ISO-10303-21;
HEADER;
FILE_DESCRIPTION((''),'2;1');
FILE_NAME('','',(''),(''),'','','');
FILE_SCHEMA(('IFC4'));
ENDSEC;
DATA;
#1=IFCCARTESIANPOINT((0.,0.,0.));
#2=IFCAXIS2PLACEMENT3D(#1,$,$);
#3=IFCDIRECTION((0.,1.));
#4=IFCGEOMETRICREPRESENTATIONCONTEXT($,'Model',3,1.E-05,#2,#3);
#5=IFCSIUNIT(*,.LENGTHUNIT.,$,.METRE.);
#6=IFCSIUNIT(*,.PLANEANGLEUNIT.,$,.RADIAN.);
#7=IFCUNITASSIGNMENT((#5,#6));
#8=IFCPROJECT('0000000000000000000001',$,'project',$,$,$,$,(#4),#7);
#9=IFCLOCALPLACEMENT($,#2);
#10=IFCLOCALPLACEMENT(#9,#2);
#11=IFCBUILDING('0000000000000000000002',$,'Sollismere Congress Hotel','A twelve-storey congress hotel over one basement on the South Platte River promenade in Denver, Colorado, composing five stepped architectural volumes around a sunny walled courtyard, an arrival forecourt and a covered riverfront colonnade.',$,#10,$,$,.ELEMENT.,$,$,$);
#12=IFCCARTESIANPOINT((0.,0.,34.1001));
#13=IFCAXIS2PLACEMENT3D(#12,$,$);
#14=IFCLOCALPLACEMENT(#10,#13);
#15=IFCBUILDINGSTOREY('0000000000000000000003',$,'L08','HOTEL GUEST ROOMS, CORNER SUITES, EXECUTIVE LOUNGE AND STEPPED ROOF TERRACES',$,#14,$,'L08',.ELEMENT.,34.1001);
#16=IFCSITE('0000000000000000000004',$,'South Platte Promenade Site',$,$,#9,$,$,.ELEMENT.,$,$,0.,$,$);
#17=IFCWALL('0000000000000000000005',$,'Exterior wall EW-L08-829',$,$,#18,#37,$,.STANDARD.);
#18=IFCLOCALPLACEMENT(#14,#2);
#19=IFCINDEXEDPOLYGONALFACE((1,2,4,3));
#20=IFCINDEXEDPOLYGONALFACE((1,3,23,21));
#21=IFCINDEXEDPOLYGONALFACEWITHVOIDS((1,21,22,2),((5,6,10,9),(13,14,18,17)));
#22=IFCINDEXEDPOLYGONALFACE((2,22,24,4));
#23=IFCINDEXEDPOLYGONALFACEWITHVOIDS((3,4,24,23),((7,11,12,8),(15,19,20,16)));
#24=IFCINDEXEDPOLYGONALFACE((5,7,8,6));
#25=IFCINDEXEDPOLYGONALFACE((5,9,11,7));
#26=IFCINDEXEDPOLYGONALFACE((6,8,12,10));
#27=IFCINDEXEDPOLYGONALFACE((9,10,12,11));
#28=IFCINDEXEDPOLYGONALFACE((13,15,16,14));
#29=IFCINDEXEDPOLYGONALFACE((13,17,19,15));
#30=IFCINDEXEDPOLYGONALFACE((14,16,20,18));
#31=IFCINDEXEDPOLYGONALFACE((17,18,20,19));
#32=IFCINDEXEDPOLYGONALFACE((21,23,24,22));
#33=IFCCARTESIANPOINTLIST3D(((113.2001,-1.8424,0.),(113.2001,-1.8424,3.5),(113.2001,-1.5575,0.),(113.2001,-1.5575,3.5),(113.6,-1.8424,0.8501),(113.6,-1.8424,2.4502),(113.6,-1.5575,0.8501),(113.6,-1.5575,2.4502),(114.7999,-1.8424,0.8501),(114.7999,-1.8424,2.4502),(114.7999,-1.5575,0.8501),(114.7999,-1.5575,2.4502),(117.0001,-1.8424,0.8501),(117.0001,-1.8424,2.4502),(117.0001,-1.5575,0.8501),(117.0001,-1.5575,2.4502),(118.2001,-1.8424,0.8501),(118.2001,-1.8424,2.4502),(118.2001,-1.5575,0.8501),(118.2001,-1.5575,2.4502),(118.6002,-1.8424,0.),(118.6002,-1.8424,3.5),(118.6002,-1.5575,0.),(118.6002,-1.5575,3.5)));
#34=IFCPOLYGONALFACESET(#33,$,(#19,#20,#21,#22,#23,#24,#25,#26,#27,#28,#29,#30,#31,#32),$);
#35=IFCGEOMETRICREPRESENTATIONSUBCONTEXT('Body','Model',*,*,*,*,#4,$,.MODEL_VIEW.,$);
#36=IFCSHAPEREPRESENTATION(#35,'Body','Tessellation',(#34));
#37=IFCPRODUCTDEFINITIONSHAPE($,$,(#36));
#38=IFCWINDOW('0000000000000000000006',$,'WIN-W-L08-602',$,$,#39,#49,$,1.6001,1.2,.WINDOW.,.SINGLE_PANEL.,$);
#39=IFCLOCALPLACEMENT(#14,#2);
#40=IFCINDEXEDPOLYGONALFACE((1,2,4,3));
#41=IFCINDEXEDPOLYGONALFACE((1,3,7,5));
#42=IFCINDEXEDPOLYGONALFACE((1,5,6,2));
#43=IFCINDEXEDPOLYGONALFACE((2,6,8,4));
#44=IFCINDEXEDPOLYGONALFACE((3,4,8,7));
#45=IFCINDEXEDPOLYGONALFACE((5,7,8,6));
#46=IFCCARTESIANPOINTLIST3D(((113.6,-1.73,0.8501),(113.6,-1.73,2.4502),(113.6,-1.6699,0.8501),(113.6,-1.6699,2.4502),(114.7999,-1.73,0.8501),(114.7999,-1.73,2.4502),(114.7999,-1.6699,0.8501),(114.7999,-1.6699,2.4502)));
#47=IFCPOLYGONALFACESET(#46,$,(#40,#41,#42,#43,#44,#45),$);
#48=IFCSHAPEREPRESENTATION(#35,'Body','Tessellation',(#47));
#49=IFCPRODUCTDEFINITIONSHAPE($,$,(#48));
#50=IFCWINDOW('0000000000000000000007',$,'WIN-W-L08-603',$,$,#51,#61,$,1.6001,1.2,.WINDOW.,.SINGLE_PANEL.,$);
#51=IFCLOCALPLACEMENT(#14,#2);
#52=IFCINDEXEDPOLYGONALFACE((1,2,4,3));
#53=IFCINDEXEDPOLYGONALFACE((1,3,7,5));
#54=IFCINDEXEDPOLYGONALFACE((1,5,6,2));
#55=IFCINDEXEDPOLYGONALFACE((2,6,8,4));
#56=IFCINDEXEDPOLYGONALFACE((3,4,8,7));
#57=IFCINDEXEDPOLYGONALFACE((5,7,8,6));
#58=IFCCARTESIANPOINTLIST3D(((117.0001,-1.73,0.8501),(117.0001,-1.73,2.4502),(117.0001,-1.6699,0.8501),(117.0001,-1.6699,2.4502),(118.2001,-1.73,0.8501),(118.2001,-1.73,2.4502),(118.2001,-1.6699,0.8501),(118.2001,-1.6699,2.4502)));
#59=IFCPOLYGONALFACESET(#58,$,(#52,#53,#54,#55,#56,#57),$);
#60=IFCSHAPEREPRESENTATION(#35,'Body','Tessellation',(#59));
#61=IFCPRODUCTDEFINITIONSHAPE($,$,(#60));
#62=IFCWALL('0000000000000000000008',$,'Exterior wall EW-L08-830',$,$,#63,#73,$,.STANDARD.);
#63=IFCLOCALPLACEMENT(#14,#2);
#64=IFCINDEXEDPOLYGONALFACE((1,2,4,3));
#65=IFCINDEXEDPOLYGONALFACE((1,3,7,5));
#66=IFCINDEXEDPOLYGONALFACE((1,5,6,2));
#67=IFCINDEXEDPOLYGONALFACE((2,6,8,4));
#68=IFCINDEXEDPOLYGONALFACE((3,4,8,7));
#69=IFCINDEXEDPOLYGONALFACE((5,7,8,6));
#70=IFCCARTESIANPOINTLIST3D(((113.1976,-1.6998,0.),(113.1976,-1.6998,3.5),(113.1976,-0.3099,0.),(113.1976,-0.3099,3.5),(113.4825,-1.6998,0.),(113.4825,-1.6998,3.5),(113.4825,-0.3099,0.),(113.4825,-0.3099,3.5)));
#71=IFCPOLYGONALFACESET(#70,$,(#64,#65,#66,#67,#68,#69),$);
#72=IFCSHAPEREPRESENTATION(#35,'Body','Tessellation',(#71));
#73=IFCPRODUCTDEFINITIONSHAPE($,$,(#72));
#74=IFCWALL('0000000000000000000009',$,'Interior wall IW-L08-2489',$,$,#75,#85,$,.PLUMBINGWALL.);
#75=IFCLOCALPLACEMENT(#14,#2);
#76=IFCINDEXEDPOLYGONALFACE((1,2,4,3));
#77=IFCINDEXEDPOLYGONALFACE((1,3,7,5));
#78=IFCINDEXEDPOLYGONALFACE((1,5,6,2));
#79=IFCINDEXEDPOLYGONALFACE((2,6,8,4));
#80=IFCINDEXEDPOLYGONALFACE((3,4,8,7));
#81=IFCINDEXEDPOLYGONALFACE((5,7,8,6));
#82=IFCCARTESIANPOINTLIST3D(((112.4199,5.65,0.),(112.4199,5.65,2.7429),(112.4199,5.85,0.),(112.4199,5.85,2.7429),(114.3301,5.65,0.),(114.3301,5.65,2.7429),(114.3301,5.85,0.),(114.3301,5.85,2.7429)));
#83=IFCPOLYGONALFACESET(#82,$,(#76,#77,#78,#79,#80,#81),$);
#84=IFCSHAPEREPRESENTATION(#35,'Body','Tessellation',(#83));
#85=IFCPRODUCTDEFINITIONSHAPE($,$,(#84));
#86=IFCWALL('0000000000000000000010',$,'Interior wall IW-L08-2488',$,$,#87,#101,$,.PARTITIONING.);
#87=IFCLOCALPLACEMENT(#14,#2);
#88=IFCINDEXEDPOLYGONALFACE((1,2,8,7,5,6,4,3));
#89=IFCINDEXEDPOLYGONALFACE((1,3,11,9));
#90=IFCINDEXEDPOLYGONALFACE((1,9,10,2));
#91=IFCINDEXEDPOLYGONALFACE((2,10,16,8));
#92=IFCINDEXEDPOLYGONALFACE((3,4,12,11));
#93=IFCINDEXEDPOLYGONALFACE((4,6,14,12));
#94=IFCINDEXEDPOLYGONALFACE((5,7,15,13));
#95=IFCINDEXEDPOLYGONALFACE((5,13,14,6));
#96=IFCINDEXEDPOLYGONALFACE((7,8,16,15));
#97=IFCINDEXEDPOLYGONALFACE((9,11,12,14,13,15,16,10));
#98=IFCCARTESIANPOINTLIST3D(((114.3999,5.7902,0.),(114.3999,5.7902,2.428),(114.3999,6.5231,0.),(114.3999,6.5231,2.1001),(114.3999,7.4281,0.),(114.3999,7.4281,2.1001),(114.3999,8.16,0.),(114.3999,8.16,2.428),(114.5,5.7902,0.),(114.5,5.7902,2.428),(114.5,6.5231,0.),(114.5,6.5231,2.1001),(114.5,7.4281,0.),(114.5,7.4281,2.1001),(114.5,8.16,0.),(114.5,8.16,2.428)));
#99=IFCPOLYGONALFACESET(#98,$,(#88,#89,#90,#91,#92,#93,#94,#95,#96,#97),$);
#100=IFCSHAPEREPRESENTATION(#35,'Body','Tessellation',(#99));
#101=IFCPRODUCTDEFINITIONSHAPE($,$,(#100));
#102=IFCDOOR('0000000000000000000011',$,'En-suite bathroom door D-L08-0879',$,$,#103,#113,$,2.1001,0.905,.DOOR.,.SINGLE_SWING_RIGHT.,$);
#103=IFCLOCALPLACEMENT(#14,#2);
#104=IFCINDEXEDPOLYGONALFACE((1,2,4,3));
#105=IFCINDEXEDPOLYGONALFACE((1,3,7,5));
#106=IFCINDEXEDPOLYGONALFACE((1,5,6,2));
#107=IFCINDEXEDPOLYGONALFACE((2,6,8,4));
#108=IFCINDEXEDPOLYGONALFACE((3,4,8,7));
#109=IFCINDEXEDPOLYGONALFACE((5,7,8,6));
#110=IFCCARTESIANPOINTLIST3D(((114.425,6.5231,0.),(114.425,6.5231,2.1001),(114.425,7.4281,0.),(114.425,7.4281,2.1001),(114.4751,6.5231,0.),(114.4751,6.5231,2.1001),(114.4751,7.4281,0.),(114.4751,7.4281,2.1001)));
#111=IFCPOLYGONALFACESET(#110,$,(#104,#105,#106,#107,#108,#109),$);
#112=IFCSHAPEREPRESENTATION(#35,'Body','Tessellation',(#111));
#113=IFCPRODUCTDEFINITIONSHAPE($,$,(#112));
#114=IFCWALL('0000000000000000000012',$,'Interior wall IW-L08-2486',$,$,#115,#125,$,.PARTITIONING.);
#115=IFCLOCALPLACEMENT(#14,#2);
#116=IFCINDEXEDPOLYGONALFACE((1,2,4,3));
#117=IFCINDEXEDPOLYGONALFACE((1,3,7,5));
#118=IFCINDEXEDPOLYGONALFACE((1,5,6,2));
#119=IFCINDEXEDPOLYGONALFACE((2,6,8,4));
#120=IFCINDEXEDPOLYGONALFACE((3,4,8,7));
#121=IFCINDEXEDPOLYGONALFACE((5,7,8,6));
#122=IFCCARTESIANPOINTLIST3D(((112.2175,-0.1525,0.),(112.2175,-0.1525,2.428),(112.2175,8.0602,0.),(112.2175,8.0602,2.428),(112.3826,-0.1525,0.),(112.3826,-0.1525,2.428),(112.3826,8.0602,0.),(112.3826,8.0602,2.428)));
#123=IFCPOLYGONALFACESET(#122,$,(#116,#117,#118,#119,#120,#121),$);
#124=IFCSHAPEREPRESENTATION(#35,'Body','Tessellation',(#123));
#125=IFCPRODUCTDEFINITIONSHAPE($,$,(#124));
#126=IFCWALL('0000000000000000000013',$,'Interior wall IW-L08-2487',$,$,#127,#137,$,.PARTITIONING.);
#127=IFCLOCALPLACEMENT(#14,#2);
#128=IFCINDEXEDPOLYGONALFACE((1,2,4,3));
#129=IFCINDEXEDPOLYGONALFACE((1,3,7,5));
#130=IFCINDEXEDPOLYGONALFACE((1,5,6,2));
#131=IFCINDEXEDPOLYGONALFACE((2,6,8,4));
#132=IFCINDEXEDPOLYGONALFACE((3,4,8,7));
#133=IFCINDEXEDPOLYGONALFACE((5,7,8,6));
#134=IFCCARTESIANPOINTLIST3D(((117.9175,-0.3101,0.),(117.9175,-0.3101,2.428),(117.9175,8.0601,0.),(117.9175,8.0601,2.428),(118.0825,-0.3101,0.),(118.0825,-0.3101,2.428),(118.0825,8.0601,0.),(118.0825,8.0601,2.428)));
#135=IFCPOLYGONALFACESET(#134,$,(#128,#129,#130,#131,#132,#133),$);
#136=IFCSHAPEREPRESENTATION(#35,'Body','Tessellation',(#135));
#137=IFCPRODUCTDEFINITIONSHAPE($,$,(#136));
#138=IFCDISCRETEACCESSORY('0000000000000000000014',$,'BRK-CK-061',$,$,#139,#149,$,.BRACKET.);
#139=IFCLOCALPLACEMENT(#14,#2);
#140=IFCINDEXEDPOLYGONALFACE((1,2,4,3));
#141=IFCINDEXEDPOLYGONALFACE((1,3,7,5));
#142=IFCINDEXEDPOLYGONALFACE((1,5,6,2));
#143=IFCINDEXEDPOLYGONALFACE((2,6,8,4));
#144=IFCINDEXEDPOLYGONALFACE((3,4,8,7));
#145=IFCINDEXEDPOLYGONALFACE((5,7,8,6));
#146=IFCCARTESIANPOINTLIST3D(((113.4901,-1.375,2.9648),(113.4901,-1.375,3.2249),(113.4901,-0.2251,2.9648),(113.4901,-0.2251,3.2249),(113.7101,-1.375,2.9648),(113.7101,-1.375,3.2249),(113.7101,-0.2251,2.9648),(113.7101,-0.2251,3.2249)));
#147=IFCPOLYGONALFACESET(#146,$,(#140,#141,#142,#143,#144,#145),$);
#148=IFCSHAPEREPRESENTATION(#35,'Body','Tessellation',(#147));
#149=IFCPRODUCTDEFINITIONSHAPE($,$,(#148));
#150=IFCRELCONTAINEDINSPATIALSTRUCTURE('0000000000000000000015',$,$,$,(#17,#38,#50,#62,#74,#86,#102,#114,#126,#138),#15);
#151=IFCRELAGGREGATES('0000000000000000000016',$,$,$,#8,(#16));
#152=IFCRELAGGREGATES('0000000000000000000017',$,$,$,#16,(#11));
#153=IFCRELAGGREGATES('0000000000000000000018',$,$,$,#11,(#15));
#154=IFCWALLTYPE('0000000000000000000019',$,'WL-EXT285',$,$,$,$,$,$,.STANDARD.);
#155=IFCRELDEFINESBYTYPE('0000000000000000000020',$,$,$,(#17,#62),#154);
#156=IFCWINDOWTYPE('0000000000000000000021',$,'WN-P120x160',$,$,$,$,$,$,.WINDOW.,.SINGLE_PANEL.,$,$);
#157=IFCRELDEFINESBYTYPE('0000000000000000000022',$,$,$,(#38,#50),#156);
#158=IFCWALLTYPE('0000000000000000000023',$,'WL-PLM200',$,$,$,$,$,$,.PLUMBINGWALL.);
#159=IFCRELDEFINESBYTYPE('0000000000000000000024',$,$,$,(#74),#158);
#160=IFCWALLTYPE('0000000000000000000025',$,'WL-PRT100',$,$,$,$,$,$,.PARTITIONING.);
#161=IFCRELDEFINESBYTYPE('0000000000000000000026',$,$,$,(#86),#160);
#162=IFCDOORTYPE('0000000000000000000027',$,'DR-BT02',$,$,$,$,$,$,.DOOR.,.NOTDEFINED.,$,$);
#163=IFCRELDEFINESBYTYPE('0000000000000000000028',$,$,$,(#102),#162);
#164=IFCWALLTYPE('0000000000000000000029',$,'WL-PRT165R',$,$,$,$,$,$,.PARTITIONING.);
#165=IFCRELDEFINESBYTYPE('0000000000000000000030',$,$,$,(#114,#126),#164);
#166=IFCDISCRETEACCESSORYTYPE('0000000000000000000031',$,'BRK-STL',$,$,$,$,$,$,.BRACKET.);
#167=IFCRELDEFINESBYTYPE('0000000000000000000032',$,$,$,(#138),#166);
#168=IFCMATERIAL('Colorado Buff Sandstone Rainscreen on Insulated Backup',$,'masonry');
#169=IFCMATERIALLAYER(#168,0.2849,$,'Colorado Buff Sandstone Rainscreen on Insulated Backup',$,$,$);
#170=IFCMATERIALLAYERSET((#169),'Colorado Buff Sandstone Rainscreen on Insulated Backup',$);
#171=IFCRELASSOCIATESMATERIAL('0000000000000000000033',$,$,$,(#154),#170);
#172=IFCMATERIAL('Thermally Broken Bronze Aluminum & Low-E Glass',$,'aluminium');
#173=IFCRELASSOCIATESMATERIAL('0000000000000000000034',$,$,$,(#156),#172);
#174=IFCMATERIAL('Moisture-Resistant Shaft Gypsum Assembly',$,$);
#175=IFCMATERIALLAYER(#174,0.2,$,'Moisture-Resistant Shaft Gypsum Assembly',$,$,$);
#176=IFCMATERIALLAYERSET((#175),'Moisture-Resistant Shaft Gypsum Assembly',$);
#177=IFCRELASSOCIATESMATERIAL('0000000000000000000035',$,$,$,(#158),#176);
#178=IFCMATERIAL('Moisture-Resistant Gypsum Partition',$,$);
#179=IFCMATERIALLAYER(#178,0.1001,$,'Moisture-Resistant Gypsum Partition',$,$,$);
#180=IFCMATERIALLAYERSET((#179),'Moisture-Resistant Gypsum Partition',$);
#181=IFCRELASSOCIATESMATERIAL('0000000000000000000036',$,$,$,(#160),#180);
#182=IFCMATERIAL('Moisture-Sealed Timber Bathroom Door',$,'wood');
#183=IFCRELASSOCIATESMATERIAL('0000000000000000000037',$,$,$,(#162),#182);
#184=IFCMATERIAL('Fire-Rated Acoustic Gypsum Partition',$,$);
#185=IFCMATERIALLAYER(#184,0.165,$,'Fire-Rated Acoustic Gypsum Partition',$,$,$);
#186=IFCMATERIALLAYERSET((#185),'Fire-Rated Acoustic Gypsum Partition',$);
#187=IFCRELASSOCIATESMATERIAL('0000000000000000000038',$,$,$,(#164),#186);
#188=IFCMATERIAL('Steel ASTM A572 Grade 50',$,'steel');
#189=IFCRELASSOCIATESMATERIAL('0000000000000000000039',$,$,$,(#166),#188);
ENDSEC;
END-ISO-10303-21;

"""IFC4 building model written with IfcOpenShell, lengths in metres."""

from ifc_helpers import new_model, si_unit, direction, frame, frame_2d, origin, origin_2d, place, context, subcontext, project, spatial, rectangle, extrude, material, layer, layer_set, type_object, element, fill, save


model = new_model("IFC4")

# Units and contexts
model_context = context("Model", 3, precision=1e-05, world=origin(), true_north=direction((0.0, 1.0)))
body_context = subcontext(model_context, "Body", "Model", "MODEL_VIEW")
ifc_project = project(units=[si_unit("LENGTHUNIT", "METRE"), si_unit("PLANEANGLEUNIT", "RADIAN")], contexts=[model_context])

# Site, building, storey
site_placement = place(None, origin())
site = spatial("IfcSite", under=ifc_project, at=site_placement, Name="South Platte Promenade Site", CompositionType="ELEMENT", RefElevation=0.0)
building_placement = place(site_placement, origin())
building = spatial("IfcBuilding", under=site, at=building_placement, Name="Sollismere Congress Hotel", Description="A twelve-storey congress hotel over one basement on the South Platte River promenade in Denver, Colorado, composing five stepped architectural volumes around a sunny walled courtyard, an arrival forecourt and a covered riverfront colonnade.", CompositionType="ELEMENT")
storey_placement = place(building_placement, frame((0.0, 0.0, 34.1001)))
storey = spatial("IfcBuildingStorey", under=building, at=storey_placement, Name="L08", Description="HOTEL GUEST ROOMS, CORNER SUITES, EXECUTIVE LOUNGE AND STEPPED ROOF TERRACES", LongName="L08", CompositionType="ELEMENT", Elevation=34.1001)

# Shared definitions
ifc_material_1 = material(Name="Colorado Buff Sandstone Rainscreen on Insulated Backup", Category="masonry")
ifc_layer_1 = layer(ifc_material_1, 0.2849, Name="Colorado Buff Sandstone Rainscreen on Insulated Backup")
ifc_layer_set_1 = layer_set([ifc_layer_1], Name="Colorado Buff Sandstone Rainscreen on Insulated Backup")
wall_type_1 = type_object("IfcWallType", Name="WL-EXT285", PredefinedType="STANDARD", material=ifc_layer_set_1)

# Wall, openings, windows
wall_1_placement = place(storey_placement, frame((113.2, -1.7, 0.0), z_axis=(0.0, 0.0, 1.0), x_axis=(1.0, 0.0, 0.0)))
wall_1 = element("IfcWall", 1, at=wall_1_placement, inside=storey, type_object=wall_type_1, Name="Exterior wall EW-L08-829", PredefinedType="STANDARD", context=body_context, shape_type="SweptSolid", body=[
    extrude(rectangle(XDim=5.4001, YDim=0.2849, at=frame_2d((2.7002, 0.0))), origin(), (0.0, 0.0, 1.0), 3.5),
])
opening_1_placement = place(wall_1_placement, frame((0.3999, 0.0, 0.8501)))
opening_1 = element("IfcOpeningElement", 2, at=opening_1_placement, cuts=wall_1, PredefinedType="OPENING", context=body_context, shape_type="SweptSolid", body=[
    extrude(rectangle(XDim=1.2, YDim=1.6001, at=frame_2d((0.6001, 0.8))), frame((0.0, 0.1523, 0.0), z_axis=(0.0, -1.0, 0.0), x_axis=(1.0, 0.0, 0.0)), (0.0, 0.0, 1.0), 0.3049),
])
opening_2_placement = place(wall_1_placement, frame((3.8, 0.0, 0.8501)))
opening_2 = element("IfcOpeningElement", 3, at=opening_2_placement, cuts=wall_1, PredefinedType="OPENING", context=body_context, shape_type="SweptSolid", body=[
    extrude(rectangle(XDim=1.2, YDim=1.6001, at=frame_2d((0.6001, 0.8))), frame((0.0, 0.1523, 0.0), z_axis=(0.0, -1.0, 0.0), x_axis=(1.0, 0.0, 0.0)), (0.0, 0.0, 1.0), 0.3049),
])
ifc_material_2 = material(Name="Thermally Broken Bronze Aluminum & Low-E Glass", Category="aluminium")
window_type = type_object("IfcWindowType", Name="WN-P120x160", PartitioningType="SINGLE_PANEL", PredefinedType="WINDOW", material=ifc_material_2)
window_1_placement = place(opening_1_placement, origin())
window_1 = element("IfcWindow", 4, at=window_1_placement, inside=storey, type_object=window_type, Name="WIN-W-L08-602", OverallHeight=1.6001, OverallWidth=1.2, PartitioningType="SINGLE_PANEL", PredefinedType="WINDOW", context=body_context, shape_type="SweptSolid", body=[
    extrude(rectangle(XDim=1.2, YDim=1.6001, at=frame_2d((0.6001, 0.8))), frame((0.0, 0.03, 0.0), z_axis=(0.0, -1.0, 0.0), x_axis=(1.0, 0.0, 0.0)), (0.0, 0.0, 1.0), 0.0601),
])
fill(opening_1, window_1)
window_2_placement = place(opening_2_placement, origin())
window_2 = element("IfcWindow", 5, at=window_2_placement, inside=storey, type_object=window_type, Name="WIN-W-L08-603", OverallHeight=1.6001, OverallWidth=1.2, PartitioningType="SINGLE_PANEL", PredefinedType="WINDOW", context=body_context, shape_type="SweptSolid", body=[
    extrude(rectangle(XDim=1.2, YDim=1.6001, at=frame_2d((0.6001, 0.8))), frame((0.0, 0.03, 0.0), z_axis=(0.0, -1.0, 0.0), x_axis=(1.0, 0.0, 0.0)), (0.0, 0.0, 1.0), 0.0601),
])
fill(opening_2, window_2)

# Walls
wall_2_placement = place(storey_placement, frame((113.3401, -0.3101, 0.0), z_axis=(0.0, 0.0, 1.0), x_axis=(0.0, -1.0, 0.0)))
element("IfcWall", 6, at=wall_2_placement, inside=storey, type_object=wall_type_1, Name="Exterior wall EW-L08-830", PredefinedType="STANDARD", context=body_context, shape_type="SweptSolid", body=[
    extrude(rectangle(XDim=1.3899, YDim=0.2849, at=frame_2d((0.6948, 0.0))), origin(), (0.0, 0.0, 1.0), 3.5),
])
ifc_material_3 = material(Name="Moisture-Resistant Shaft Gypsum Assembly")
ifc_layer_2 = layer(ifc_material_3, 0.2, Name="Moisture-Resistant Shaft Gypsum Assembly")
ifc_layer_set_2 = layer_set([ifc_layer_2], Name="Moisture-Resistant Shaft Gypsum Assembly")
wall_type_2 = type_object("IfcWallType", Name="WL-PLM200", PredefinedType="PLUMBINGWALL", material=ifc_layer_set_2)
wall_3_placement = place(storey_placement, frame((112.4199, 5.75, 0.0), z_axis=(0.0, 0.0, 1.0), x_axis=(1.0, 0.0, 0.0)))
element("IfcWall", 7, at=wall_3_placement, inside=storey, type_object=wall_type_2, Name="Interior wall IW-L08-2489", PredefinedType="PLUMBINGWALL", context=body_context, shape_type="SweptSolid", body=[
    extrude(rectangle(XDim=1.9102, YDim=0.2, at=frame_2d((0.9551, 0.0))), origin(), (0.0, 0.0, 1.0), 2.7429),
])

# Wall, opening, door
ifc_material_4 = material(Name="Moisture-Resistant Gypsum Partition")
ifc_layer_3 = layer(ifc_material_4, 0.1001, Name="Moisture-Resistant Gypsum Partition")
ifc_layer_set_3 = layer_set([ifc_layer_3], Name="Moisture-Resistant Gypsum Partition")
wall_type_3 = type_object("IfcWallType", Name="WL-PRT100", PredefinedType="PARTITIONING", material=ifc_layer_set_3)
wall_4_placement = place(storey_placement, frame((114.45, 5.79, 0.0), z_axis=(0.0, 0.0, 1.0), x_axis=(0.0, 1.0, 0.0)))
wall_4 = element("IfcWall", 8, at=wall_4_placement, inside=storey, type_object=wall_type_3, Name="Interior wall IW-L08-2488", PredefinedType="PARTITIONING", context=body_context, shape_type="SweptSolid", body=[
    extrude(rectangle(XDim=2.3699, YDim=0.1001, at=frame_2d((1.1851, 0.0))), origin(), (0.0, 0.0, 1.0), 2.428),
])
opening_3_placement = place(wall_4_placement, frame((0.7329, 0.0, 0.0)))
opening_3 = element("IfcOpeningElement", 9, at=opening_3_placement, cuts=wall_4, PredefinedType="OPENING", context=body_context, shape_type="SweptSolid", body=[
    extrude(rectangle(XDim=0.905, YDim=2.1001, at=frame_2d((0.4526, 1.05))), frame((0.0, 0.0601, 0.0), z_axis=(0.0, -1.0, 0.0), x_axis=(1.0, 0.0, 0.0)), (0.0, 0.0, 1.0), 0.1201),
])
ifc_material_5 = material(Name="Moisture-Sealed Timber Bathroom Door", Category="wood")
door_type = type_object("IfcDoorType", Name="DR-BT02", OperationType="NOTDEFINED", PredefinedType="DOOR", material=ifc_material_5)
door_placement = place(opening_3_placement, origin())
door = element("IfcDoor", 10, at=door_placement, inside=storey, type_object=door_type, Name="En-suite bathroom door D-L08-0879", OperationType="SINGLE_SWING_RIGHT", OverallHeight=2.1001, OverallWidth=0.905, PredefinedType="DOOR", context=body_context, shape_type="SweptSolid", body=[
    extrude(rectangle(XDim=0.905, YDim=2.1001, at=frame_2d((0.4526, 1.05))), frame((0.0, 0.0249, 0.0), z_axis=(0.0, -1.0, 0.0), x_axis=(1.0, 0.0, 0.0)), (0.0, 0.0, 1.0), 0.05),
])
fill(opening_3, door)

# Walls
ifc_material_6 = material(Name="Fire-Rated Acoustic Gypsum Partition")
ifc_layer_4 = layer(ifc_material_6, 0.165, Name="Fire-Rated Acoustic Gypsum Partition")
ifc_layer_set_4 = layer_set([ifc_layer_4], Name="Fire-Rated Acoustic Gypsum Partition")
wall_type_4 = type_object("IfcWallType", Name="WL-PRT165R", PredefinedType="PARTITIONING", material=ifc_layer_set_4)
wall_5_placement = place(storey_placement, frame((112.3, -0.1526, 0.0), z_axis=(0.0, 0.0, 1.0), x_axis=(0.0, 1.0, 0.0)))
element("IfcWall", 11, at=wall_5_placement, inside=storey, type_object=wall_type_4, Name="Interior wall IW-L08-2486", PredefinedType="PARTITIONING", context=body_context, shape_type="SweptSolid", body=[
    extrude(rectangle(XDim=8.2126, YDim=0.165, at=frame_2d((4.1064, 0.0))), origin(), (0.0, 0.0, 1.0), 2.428),
])
wall_6_placement = place(storey_placement, frame((118.0, -0.3101, 0.0), z_axis=(0.0, 0.0, 1.0), x_axis=(0.0, 1.0, 0.0)))
element("IfcWall", 12, at=wall_6_placement, inside=storey, type_object=wall_type_4, Name="Interior wall IW-L08-2487", PredefinedType="PARTITIONING", context=body_context, shape_type="SweptSolid", body=[
    extrude(rectangle(XDim=8.3701, YDim=0.165, at=frame_2d((4.1851, 0.0))), origin(), (0.0, 0.0, 1.0), 2.428),
])

# Discrete accessory
ifc_material_7 = material(Name="Steel ASTM A572 Grade 50", Category="steel")
discrete_accessory_type = type_object("IfcDiscreteAccessoryType", Name="BRK-STL", PredefinedType="BRACKET", material=ifc_material_7)
discrete_accessory_placement = place(storey_placement, frame((113.6001, -0.8, 2.9648), z_axis=(0.0, 0.0, 1.0), x_axis=(1.0, 0.0, 0.0)))
element("IfcDiscreteAccessory", 13, at=discrete_accessory_placement, inside=storey, type_object=discrete_accessory_type, Name="BRK-CK-061", PredefinedType="BRACKET", context=body_context, shape_type="SweptSolid", body=[
    extrude(rectangle(XDim=0.22, YDim=1.1499, at=origin_2d()), origin(), (0.0, 0.0, 1.0), 0.26),
])

save(model, "model.ifc")
